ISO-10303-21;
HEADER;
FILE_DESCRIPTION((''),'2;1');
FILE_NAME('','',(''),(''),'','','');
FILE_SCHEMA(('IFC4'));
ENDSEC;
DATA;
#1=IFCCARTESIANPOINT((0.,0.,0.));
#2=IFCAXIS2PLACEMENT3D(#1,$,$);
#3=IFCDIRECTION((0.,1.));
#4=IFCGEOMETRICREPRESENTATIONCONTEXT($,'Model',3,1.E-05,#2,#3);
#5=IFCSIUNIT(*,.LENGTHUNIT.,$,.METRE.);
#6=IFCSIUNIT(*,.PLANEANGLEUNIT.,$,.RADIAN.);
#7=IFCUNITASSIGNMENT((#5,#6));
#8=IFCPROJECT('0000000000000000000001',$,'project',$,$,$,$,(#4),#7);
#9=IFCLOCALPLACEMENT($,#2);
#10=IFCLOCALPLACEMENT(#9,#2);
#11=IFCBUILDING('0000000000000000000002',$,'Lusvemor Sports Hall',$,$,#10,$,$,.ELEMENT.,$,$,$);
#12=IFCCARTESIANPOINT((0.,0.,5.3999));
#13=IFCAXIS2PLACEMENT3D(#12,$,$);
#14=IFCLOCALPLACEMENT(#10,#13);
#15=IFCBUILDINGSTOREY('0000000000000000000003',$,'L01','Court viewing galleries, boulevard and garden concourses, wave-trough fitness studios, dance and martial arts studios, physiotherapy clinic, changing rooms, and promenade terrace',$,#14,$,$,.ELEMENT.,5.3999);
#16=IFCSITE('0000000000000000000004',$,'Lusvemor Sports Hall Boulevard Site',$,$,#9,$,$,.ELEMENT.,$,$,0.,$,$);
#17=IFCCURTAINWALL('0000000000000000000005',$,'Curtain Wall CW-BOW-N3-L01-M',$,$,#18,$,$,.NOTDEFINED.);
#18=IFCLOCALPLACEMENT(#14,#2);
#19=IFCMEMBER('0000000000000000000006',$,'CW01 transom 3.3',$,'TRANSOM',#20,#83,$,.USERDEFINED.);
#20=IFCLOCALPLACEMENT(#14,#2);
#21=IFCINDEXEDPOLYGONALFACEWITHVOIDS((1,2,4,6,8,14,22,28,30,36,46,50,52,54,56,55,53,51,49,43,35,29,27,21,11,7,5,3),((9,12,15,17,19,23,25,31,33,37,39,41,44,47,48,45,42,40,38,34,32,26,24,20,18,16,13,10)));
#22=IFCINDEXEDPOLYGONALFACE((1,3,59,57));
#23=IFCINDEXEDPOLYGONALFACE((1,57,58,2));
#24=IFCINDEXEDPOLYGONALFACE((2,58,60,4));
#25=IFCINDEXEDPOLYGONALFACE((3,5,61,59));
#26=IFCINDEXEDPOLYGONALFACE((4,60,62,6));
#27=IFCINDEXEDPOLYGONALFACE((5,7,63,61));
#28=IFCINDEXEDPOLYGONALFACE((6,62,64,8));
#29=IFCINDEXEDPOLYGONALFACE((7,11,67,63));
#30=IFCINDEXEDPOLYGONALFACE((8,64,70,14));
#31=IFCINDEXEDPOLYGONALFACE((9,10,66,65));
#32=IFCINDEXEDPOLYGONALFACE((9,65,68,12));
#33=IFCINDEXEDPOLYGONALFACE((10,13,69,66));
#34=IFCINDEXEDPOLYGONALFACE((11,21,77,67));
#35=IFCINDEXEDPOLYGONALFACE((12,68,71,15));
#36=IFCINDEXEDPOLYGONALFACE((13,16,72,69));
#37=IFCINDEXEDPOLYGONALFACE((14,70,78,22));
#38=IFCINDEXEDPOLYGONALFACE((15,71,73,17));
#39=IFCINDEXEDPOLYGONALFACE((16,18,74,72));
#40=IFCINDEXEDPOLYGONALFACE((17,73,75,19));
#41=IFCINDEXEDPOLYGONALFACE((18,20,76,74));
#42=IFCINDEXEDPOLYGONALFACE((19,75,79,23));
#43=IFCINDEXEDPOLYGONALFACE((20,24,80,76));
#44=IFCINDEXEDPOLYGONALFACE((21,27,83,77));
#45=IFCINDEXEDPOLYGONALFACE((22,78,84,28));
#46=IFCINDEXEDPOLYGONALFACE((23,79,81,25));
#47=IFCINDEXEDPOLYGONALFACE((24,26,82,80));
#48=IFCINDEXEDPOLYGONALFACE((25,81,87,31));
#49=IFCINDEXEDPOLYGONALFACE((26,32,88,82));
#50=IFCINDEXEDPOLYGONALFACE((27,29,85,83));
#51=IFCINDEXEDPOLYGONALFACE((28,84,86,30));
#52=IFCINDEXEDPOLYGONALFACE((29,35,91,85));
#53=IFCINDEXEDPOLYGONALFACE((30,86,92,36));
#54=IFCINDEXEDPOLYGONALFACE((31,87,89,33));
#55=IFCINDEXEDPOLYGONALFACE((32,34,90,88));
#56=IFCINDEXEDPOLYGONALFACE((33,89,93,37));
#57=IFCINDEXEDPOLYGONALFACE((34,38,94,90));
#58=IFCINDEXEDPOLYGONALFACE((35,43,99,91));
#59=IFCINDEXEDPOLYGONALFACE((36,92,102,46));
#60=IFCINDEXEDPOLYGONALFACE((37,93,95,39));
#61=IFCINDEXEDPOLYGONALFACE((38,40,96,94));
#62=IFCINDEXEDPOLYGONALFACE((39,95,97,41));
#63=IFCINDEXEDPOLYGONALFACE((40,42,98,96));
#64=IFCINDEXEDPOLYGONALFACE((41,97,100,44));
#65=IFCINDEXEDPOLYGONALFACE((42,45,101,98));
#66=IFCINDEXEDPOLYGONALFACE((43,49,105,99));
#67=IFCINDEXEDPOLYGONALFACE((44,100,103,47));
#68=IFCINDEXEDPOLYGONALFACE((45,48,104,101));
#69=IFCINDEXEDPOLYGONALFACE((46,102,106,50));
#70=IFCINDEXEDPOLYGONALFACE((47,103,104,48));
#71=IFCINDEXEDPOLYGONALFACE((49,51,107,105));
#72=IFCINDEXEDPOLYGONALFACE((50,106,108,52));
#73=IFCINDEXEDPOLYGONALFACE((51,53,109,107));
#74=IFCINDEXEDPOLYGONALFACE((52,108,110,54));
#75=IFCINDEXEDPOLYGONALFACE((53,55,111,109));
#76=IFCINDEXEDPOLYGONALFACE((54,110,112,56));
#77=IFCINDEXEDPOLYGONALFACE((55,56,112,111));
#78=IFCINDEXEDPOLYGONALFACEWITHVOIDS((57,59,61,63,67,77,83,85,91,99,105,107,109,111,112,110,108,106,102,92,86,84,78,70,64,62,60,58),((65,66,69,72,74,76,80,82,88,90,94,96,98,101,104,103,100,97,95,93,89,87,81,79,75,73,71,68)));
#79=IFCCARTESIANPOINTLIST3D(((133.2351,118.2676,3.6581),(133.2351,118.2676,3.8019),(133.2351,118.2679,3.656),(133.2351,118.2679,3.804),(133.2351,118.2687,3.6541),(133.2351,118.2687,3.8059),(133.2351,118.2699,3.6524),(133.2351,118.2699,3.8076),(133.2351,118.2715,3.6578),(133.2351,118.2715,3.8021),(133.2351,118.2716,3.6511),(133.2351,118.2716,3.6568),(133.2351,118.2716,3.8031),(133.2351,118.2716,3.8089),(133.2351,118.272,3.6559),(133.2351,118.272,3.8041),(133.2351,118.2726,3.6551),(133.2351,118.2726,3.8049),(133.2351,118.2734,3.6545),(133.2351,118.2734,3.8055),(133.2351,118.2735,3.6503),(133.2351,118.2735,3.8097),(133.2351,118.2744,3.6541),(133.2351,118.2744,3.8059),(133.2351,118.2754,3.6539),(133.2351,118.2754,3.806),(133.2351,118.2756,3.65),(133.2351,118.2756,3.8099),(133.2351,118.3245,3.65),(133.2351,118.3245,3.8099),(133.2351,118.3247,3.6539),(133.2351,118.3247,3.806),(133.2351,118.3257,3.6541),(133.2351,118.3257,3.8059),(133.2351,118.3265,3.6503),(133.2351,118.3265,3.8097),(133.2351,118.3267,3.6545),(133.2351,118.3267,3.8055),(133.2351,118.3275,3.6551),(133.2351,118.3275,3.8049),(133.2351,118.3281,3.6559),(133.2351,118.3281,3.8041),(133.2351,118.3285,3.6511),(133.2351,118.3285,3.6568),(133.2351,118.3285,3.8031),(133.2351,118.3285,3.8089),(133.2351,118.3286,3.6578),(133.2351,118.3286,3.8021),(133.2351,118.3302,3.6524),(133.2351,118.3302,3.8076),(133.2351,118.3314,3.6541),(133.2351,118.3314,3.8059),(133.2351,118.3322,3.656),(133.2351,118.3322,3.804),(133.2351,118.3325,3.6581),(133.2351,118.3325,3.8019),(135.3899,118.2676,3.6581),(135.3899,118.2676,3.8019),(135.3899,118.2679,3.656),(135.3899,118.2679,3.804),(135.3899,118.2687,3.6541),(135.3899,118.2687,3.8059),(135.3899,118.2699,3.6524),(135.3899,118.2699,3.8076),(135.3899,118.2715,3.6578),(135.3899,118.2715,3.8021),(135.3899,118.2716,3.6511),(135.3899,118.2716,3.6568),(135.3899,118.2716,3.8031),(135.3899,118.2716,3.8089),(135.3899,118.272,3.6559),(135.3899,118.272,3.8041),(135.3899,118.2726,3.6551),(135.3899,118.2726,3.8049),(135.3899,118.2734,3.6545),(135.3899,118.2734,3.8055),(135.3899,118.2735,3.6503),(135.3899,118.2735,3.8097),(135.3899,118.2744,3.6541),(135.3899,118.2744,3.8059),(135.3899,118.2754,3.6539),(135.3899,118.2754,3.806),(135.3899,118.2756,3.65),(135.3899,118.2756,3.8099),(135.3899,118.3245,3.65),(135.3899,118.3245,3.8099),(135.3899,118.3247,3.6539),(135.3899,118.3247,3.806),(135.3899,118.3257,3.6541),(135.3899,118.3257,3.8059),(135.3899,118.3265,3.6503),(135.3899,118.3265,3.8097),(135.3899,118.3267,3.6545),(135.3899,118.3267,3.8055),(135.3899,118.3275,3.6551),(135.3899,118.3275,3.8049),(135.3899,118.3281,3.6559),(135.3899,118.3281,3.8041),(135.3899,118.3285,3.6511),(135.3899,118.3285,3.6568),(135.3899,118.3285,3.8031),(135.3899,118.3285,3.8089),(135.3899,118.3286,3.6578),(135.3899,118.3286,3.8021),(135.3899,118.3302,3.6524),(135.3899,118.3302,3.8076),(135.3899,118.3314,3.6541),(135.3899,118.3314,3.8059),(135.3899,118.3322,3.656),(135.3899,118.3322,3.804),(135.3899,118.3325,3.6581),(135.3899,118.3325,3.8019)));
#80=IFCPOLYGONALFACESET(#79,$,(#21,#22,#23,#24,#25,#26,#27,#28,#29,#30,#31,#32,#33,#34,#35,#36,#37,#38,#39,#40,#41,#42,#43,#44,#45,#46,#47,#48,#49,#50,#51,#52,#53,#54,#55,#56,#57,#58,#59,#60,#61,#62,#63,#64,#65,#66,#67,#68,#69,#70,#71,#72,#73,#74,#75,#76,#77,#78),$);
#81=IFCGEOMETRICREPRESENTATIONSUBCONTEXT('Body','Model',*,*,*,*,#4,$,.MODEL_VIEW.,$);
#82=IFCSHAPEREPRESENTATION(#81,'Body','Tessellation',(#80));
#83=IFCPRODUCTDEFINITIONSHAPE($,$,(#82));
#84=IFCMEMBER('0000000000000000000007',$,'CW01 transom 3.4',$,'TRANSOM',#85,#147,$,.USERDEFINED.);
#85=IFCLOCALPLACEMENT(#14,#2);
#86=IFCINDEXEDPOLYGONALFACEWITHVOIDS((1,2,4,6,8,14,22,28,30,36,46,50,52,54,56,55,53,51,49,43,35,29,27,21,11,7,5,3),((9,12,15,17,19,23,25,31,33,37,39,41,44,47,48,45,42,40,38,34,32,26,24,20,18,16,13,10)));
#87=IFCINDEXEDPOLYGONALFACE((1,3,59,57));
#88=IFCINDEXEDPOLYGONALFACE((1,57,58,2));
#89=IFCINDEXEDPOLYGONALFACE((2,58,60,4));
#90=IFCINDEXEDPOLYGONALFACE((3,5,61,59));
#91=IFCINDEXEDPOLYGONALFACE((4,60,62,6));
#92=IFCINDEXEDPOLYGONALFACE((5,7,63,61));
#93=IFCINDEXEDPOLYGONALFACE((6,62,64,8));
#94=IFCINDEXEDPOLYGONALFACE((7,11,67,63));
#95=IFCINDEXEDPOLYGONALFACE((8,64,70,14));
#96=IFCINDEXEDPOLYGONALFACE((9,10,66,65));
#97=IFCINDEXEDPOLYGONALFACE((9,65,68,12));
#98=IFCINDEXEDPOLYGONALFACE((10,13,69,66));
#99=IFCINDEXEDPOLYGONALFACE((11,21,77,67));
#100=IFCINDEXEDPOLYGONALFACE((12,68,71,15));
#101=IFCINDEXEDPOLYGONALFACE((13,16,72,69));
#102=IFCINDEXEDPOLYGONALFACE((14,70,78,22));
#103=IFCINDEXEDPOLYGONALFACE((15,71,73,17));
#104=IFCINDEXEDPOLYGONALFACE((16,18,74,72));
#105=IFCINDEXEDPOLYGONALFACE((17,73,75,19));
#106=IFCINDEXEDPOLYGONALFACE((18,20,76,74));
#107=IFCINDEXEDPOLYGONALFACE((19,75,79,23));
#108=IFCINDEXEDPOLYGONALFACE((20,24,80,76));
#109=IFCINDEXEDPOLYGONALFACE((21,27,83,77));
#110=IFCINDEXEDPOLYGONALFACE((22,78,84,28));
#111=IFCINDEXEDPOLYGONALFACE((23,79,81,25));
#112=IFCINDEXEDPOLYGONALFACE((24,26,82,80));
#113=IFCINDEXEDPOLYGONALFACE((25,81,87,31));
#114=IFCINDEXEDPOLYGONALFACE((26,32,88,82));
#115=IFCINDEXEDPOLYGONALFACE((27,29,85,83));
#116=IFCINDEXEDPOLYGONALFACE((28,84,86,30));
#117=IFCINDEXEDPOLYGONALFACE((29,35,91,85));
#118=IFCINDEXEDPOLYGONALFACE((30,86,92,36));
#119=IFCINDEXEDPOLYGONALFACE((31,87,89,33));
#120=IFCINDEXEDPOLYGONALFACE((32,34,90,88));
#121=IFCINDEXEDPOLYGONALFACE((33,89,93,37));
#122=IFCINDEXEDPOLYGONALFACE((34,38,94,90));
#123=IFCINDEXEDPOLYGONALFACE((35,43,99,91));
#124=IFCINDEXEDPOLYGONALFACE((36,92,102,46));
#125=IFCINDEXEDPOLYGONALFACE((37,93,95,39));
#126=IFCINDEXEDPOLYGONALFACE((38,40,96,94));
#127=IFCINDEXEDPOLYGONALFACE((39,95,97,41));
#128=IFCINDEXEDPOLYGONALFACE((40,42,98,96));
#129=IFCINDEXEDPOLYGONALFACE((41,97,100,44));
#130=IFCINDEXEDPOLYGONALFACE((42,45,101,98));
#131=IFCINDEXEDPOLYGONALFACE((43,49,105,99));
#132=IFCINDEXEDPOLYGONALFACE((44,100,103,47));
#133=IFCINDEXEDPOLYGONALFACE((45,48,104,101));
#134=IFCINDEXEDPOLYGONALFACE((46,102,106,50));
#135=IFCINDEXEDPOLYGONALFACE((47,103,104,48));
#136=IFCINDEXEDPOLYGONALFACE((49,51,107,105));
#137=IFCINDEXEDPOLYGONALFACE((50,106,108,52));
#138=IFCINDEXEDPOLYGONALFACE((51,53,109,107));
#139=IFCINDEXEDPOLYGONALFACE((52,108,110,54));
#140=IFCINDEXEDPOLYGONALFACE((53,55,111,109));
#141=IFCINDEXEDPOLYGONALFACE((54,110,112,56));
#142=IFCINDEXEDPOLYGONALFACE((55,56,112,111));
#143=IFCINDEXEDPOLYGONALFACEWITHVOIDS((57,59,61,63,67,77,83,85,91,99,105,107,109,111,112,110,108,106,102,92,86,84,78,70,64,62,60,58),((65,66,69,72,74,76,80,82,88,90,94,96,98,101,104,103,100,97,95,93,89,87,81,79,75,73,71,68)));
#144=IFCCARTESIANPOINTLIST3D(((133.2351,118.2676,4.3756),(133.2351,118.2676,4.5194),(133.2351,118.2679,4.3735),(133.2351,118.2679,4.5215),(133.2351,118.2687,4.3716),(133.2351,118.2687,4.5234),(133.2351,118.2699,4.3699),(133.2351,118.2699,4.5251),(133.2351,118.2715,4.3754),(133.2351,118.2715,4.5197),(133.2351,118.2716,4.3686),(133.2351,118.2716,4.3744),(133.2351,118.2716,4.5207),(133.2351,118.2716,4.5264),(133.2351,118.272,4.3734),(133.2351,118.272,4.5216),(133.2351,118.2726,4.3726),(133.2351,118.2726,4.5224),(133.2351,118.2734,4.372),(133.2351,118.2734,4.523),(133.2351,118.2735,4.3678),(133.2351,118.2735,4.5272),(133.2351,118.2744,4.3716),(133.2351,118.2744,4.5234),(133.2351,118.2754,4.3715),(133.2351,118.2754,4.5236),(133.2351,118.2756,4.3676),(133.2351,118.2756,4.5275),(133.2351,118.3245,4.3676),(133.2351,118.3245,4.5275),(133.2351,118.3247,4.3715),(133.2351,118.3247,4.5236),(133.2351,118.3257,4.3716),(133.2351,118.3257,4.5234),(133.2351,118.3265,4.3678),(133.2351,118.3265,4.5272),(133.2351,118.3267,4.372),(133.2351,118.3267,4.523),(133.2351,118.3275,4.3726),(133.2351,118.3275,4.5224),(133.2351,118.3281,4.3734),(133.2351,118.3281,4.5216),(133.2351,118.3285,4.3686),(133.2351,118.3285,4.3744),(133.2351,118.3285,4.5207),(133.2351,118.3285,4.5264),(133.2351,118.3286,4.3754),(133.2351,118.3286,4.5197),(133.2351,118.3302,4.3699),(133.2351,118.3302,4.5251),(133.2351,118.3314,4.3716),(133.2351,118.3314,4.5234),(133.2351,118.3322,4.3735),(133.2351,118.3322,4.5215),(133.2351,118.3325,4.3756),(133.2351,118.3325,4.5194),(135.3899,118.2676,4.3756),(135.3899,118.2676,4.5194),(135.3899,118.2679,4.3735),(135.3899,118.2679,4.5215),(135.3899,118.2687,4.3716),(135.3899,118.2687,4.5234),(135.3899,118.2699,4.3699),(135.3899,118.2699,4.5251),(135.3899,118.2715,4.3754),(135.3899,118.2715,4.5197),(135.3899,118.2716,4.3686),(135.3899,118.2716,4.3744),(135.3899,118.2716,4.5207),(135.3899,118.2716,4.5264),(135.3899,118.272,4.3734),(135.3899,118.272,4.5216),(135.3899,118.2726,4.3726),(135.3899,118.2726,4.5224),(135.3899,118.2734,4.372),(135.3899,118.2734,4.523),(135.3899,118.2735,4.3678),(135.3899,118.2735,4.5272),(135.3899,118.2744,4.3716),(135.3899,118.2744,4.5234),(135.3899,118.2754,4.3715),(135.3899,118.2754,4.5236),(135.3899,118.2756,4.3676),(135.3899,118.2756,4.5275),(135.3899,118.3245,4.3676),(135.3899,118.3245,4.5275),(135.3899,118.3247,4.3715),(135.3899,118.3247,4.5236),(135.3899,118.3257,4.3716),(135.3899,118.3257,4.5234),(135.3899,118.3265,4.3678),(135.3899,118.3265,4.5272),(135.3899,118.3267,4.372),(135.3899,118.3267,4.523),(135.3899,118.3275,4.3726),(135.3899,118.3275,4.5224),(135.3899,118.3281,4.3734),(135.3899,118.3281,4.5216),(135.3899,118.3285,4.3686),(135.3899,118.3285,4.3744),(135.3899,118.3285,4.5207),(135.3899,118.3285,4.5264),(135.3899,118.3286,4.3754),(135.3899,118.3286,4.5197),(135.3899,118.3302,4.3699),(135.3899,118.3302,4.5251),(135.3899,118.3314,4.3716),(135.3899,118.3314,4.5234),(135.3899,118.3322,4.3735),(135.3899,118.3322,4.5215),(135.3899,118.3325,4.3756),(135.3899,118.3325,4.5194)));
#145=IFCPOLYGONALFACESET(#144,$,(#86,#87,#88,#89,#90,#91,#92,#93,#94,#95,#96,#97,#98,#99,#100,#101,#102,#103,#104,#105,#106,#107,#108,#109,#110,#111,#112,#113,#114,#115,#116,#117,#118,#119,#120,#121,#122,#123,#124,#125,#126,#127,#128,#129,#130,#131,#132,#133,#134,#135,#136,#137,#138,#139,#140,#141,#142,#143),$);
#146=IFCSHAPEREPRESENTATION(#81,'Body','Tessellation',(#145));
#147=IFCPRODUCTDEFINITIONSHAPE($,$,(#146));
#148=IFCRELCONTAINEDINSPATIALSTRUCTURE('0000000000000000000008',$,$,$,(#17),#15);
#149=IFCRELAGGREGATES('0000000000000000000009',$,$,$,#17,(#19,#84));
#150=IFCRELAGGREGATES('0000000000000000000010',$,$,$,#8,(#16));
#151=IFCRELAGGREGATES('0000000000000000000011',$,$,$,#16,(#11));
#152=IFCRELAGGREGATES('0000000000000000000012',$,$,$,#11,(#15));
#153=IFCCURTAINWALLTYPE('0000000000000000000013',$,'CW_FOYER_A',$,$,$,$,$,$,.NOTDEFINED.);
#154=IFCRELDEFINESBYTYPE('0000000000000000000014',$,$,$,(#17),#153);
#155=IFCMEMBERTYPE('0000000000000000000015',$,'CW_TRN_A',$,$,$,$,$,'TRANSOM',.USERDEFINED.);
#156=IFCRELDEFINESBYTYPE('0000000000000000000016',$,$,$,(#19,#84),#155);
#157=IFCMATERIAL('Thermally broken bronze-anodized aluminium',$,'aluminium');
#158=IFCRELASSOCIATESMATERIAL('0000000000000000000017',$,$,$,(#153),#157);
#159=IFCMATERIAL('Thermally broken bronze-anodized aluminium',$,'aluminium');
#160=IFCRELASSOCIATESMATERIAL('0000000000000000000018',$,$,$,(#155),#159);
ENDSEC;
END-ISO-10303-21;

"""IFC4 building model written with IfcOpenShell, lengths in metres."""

from ifc_helpers import new_model, si_unit, direction, frame, origin, origin_2d, place, context, subcontext, project, spatial, hollow_rectangle, extrude, material, material_profile, profile_set, type_object, element, aggregate, save


model = new_model("IFC4")

# Units and contexts
model_context = context("Model", 3, precision=1e-05, world=origin(), true_north=direction((0.0, 1.0)))
body_context = subcontext(model_context, "Body", "Model", "MODEL_VIEW")
ifc_project = project(units=[si_unit("LENGTHUNIT", "METRE"), si_unit("PLANEANGLEUNIT", "RADIAN")], contexts=[model_context])

# Site, building, storey
site_placement = place(None, origin())
site = spatial("IfcSite", under=ifc_project, at=site_placement, Name="Lusvemor Sports Hall Boulevard Site", CompositionType="ELEMENT", RefElevation=0.0)
building_placement = place(site_placement, origin())
building = spatial("IfcBuilding", under=site, at=building_placement, Name="Lusvemor Sports Hall", CompositionType="ELEMENT")
storey_placement = place(building_placement, frame((0.0, 0.0, 5.3999)))
storey = spatial("IfcBuildingStorey", under=building, at=storey_placement, Name="L01", Description="Court viewing galleries, boulevard and garden concourses, wave-trough fitness studios, dance and martial arts studios, physiotherapy clinic, changing rooms, and promenade terrace", CompositionType="ELEMENT", Elevation=5.3999)

# Curtain wall
ifc_material_1 = material(Name="Thermally broken bronze-anodized aluminium", Category="aluminium")
curtain_wall_type_1 = type_object("IfcCurtainWallType", Name="CW_FOYER_A", PredefinedType="NOTDEFINED", material=ifc_material_1)
curtain_wall_1_placement = place(storey_placement, origin())
curtain_wall_1 = element("IfcCurtainWall", 1, at=curtain_wall_1_placement, inside=storey, type_object=curtain_wall_type_1, Name="Curtain Wall CW-BOW-N3-L01-M", PredefinedType="NOTDEFINED")

# Members
ifc_material_2 = material(Name="Thermally broken bronze-anodized aluminium", Category="aluminium")
ifc_material_profile_1 = material_profile(ifc_material_2, hollow_rectangle(XDim=0.0649, YDim=0.1599, WallThickness=0.0039, InnerFilletRadius=0.0039, OuterFilletRadius=0.0081, at=origin_2d()), Name="CWTRN160x65x4")
ifc_profile_set_1 = profile_set([ifc_material_profile_1], Name="Thermally broken bronze-anodized aluminium")
member_type_1 = type_object("IfcMemberType", Name="CW_TRN_A", ElementType="TRANSOM", PredefinedType="USERDEFINED", material=ifc_profile_set_1)
member_1_placement = place(storey_placement, frame((133.2351, 118.3, 3.73), z_axis=(1.0, 0.0, 0.0), x_axis=(0.0, 1.0, 0.0)))
member_1 = element("IfcMember", 2, at=member_1_placement, type_object=member_type_1, Name="CW01 transom 3.3", ObjectType="TRANSOM", PredefinedType="USERDEFINED", context=body_context, shape_type="SweptSolid", body=[
    extrude(hollow_rectangle(XDim=0.0649, YDim=0.1599, WallThickness=0.0039, InnerFilletRadius=0.0039, OuterFilletRadius=0.0081, at=origin_2d()), origin(), (0.0, 0.0, 1.0), 2.1548),
])
member_2_placement = place(storey_placement, frame((133.2351, 118.3, 4.4475), z_axis=(1.0, 0.0, 0.0), x_axis=(0.0, 1.0, 0.0)))
member_2 = element("IfcMember", 3, at=member_2_placement, type_object=member_type_1, Name="CW01 transom 3.4", ObjectType="TRANSOM", PredefinedType="USERDEFINED", context=body_context, shape_type="SweptSolid", body=[
    extrude(hollow_rectangle(XDim=0.0649, YDim=0.1599, WallThickness=0.0039, InnerFilletRadius=0.0039, OuterFilletRadius=0.0081, at=origin_2d()), origin(), (0.0, 0.0, 1.0), 2.1548),
])

aggregate(curtain_wall_1, [member_1, member_2])

save(model, "model.ifc")
